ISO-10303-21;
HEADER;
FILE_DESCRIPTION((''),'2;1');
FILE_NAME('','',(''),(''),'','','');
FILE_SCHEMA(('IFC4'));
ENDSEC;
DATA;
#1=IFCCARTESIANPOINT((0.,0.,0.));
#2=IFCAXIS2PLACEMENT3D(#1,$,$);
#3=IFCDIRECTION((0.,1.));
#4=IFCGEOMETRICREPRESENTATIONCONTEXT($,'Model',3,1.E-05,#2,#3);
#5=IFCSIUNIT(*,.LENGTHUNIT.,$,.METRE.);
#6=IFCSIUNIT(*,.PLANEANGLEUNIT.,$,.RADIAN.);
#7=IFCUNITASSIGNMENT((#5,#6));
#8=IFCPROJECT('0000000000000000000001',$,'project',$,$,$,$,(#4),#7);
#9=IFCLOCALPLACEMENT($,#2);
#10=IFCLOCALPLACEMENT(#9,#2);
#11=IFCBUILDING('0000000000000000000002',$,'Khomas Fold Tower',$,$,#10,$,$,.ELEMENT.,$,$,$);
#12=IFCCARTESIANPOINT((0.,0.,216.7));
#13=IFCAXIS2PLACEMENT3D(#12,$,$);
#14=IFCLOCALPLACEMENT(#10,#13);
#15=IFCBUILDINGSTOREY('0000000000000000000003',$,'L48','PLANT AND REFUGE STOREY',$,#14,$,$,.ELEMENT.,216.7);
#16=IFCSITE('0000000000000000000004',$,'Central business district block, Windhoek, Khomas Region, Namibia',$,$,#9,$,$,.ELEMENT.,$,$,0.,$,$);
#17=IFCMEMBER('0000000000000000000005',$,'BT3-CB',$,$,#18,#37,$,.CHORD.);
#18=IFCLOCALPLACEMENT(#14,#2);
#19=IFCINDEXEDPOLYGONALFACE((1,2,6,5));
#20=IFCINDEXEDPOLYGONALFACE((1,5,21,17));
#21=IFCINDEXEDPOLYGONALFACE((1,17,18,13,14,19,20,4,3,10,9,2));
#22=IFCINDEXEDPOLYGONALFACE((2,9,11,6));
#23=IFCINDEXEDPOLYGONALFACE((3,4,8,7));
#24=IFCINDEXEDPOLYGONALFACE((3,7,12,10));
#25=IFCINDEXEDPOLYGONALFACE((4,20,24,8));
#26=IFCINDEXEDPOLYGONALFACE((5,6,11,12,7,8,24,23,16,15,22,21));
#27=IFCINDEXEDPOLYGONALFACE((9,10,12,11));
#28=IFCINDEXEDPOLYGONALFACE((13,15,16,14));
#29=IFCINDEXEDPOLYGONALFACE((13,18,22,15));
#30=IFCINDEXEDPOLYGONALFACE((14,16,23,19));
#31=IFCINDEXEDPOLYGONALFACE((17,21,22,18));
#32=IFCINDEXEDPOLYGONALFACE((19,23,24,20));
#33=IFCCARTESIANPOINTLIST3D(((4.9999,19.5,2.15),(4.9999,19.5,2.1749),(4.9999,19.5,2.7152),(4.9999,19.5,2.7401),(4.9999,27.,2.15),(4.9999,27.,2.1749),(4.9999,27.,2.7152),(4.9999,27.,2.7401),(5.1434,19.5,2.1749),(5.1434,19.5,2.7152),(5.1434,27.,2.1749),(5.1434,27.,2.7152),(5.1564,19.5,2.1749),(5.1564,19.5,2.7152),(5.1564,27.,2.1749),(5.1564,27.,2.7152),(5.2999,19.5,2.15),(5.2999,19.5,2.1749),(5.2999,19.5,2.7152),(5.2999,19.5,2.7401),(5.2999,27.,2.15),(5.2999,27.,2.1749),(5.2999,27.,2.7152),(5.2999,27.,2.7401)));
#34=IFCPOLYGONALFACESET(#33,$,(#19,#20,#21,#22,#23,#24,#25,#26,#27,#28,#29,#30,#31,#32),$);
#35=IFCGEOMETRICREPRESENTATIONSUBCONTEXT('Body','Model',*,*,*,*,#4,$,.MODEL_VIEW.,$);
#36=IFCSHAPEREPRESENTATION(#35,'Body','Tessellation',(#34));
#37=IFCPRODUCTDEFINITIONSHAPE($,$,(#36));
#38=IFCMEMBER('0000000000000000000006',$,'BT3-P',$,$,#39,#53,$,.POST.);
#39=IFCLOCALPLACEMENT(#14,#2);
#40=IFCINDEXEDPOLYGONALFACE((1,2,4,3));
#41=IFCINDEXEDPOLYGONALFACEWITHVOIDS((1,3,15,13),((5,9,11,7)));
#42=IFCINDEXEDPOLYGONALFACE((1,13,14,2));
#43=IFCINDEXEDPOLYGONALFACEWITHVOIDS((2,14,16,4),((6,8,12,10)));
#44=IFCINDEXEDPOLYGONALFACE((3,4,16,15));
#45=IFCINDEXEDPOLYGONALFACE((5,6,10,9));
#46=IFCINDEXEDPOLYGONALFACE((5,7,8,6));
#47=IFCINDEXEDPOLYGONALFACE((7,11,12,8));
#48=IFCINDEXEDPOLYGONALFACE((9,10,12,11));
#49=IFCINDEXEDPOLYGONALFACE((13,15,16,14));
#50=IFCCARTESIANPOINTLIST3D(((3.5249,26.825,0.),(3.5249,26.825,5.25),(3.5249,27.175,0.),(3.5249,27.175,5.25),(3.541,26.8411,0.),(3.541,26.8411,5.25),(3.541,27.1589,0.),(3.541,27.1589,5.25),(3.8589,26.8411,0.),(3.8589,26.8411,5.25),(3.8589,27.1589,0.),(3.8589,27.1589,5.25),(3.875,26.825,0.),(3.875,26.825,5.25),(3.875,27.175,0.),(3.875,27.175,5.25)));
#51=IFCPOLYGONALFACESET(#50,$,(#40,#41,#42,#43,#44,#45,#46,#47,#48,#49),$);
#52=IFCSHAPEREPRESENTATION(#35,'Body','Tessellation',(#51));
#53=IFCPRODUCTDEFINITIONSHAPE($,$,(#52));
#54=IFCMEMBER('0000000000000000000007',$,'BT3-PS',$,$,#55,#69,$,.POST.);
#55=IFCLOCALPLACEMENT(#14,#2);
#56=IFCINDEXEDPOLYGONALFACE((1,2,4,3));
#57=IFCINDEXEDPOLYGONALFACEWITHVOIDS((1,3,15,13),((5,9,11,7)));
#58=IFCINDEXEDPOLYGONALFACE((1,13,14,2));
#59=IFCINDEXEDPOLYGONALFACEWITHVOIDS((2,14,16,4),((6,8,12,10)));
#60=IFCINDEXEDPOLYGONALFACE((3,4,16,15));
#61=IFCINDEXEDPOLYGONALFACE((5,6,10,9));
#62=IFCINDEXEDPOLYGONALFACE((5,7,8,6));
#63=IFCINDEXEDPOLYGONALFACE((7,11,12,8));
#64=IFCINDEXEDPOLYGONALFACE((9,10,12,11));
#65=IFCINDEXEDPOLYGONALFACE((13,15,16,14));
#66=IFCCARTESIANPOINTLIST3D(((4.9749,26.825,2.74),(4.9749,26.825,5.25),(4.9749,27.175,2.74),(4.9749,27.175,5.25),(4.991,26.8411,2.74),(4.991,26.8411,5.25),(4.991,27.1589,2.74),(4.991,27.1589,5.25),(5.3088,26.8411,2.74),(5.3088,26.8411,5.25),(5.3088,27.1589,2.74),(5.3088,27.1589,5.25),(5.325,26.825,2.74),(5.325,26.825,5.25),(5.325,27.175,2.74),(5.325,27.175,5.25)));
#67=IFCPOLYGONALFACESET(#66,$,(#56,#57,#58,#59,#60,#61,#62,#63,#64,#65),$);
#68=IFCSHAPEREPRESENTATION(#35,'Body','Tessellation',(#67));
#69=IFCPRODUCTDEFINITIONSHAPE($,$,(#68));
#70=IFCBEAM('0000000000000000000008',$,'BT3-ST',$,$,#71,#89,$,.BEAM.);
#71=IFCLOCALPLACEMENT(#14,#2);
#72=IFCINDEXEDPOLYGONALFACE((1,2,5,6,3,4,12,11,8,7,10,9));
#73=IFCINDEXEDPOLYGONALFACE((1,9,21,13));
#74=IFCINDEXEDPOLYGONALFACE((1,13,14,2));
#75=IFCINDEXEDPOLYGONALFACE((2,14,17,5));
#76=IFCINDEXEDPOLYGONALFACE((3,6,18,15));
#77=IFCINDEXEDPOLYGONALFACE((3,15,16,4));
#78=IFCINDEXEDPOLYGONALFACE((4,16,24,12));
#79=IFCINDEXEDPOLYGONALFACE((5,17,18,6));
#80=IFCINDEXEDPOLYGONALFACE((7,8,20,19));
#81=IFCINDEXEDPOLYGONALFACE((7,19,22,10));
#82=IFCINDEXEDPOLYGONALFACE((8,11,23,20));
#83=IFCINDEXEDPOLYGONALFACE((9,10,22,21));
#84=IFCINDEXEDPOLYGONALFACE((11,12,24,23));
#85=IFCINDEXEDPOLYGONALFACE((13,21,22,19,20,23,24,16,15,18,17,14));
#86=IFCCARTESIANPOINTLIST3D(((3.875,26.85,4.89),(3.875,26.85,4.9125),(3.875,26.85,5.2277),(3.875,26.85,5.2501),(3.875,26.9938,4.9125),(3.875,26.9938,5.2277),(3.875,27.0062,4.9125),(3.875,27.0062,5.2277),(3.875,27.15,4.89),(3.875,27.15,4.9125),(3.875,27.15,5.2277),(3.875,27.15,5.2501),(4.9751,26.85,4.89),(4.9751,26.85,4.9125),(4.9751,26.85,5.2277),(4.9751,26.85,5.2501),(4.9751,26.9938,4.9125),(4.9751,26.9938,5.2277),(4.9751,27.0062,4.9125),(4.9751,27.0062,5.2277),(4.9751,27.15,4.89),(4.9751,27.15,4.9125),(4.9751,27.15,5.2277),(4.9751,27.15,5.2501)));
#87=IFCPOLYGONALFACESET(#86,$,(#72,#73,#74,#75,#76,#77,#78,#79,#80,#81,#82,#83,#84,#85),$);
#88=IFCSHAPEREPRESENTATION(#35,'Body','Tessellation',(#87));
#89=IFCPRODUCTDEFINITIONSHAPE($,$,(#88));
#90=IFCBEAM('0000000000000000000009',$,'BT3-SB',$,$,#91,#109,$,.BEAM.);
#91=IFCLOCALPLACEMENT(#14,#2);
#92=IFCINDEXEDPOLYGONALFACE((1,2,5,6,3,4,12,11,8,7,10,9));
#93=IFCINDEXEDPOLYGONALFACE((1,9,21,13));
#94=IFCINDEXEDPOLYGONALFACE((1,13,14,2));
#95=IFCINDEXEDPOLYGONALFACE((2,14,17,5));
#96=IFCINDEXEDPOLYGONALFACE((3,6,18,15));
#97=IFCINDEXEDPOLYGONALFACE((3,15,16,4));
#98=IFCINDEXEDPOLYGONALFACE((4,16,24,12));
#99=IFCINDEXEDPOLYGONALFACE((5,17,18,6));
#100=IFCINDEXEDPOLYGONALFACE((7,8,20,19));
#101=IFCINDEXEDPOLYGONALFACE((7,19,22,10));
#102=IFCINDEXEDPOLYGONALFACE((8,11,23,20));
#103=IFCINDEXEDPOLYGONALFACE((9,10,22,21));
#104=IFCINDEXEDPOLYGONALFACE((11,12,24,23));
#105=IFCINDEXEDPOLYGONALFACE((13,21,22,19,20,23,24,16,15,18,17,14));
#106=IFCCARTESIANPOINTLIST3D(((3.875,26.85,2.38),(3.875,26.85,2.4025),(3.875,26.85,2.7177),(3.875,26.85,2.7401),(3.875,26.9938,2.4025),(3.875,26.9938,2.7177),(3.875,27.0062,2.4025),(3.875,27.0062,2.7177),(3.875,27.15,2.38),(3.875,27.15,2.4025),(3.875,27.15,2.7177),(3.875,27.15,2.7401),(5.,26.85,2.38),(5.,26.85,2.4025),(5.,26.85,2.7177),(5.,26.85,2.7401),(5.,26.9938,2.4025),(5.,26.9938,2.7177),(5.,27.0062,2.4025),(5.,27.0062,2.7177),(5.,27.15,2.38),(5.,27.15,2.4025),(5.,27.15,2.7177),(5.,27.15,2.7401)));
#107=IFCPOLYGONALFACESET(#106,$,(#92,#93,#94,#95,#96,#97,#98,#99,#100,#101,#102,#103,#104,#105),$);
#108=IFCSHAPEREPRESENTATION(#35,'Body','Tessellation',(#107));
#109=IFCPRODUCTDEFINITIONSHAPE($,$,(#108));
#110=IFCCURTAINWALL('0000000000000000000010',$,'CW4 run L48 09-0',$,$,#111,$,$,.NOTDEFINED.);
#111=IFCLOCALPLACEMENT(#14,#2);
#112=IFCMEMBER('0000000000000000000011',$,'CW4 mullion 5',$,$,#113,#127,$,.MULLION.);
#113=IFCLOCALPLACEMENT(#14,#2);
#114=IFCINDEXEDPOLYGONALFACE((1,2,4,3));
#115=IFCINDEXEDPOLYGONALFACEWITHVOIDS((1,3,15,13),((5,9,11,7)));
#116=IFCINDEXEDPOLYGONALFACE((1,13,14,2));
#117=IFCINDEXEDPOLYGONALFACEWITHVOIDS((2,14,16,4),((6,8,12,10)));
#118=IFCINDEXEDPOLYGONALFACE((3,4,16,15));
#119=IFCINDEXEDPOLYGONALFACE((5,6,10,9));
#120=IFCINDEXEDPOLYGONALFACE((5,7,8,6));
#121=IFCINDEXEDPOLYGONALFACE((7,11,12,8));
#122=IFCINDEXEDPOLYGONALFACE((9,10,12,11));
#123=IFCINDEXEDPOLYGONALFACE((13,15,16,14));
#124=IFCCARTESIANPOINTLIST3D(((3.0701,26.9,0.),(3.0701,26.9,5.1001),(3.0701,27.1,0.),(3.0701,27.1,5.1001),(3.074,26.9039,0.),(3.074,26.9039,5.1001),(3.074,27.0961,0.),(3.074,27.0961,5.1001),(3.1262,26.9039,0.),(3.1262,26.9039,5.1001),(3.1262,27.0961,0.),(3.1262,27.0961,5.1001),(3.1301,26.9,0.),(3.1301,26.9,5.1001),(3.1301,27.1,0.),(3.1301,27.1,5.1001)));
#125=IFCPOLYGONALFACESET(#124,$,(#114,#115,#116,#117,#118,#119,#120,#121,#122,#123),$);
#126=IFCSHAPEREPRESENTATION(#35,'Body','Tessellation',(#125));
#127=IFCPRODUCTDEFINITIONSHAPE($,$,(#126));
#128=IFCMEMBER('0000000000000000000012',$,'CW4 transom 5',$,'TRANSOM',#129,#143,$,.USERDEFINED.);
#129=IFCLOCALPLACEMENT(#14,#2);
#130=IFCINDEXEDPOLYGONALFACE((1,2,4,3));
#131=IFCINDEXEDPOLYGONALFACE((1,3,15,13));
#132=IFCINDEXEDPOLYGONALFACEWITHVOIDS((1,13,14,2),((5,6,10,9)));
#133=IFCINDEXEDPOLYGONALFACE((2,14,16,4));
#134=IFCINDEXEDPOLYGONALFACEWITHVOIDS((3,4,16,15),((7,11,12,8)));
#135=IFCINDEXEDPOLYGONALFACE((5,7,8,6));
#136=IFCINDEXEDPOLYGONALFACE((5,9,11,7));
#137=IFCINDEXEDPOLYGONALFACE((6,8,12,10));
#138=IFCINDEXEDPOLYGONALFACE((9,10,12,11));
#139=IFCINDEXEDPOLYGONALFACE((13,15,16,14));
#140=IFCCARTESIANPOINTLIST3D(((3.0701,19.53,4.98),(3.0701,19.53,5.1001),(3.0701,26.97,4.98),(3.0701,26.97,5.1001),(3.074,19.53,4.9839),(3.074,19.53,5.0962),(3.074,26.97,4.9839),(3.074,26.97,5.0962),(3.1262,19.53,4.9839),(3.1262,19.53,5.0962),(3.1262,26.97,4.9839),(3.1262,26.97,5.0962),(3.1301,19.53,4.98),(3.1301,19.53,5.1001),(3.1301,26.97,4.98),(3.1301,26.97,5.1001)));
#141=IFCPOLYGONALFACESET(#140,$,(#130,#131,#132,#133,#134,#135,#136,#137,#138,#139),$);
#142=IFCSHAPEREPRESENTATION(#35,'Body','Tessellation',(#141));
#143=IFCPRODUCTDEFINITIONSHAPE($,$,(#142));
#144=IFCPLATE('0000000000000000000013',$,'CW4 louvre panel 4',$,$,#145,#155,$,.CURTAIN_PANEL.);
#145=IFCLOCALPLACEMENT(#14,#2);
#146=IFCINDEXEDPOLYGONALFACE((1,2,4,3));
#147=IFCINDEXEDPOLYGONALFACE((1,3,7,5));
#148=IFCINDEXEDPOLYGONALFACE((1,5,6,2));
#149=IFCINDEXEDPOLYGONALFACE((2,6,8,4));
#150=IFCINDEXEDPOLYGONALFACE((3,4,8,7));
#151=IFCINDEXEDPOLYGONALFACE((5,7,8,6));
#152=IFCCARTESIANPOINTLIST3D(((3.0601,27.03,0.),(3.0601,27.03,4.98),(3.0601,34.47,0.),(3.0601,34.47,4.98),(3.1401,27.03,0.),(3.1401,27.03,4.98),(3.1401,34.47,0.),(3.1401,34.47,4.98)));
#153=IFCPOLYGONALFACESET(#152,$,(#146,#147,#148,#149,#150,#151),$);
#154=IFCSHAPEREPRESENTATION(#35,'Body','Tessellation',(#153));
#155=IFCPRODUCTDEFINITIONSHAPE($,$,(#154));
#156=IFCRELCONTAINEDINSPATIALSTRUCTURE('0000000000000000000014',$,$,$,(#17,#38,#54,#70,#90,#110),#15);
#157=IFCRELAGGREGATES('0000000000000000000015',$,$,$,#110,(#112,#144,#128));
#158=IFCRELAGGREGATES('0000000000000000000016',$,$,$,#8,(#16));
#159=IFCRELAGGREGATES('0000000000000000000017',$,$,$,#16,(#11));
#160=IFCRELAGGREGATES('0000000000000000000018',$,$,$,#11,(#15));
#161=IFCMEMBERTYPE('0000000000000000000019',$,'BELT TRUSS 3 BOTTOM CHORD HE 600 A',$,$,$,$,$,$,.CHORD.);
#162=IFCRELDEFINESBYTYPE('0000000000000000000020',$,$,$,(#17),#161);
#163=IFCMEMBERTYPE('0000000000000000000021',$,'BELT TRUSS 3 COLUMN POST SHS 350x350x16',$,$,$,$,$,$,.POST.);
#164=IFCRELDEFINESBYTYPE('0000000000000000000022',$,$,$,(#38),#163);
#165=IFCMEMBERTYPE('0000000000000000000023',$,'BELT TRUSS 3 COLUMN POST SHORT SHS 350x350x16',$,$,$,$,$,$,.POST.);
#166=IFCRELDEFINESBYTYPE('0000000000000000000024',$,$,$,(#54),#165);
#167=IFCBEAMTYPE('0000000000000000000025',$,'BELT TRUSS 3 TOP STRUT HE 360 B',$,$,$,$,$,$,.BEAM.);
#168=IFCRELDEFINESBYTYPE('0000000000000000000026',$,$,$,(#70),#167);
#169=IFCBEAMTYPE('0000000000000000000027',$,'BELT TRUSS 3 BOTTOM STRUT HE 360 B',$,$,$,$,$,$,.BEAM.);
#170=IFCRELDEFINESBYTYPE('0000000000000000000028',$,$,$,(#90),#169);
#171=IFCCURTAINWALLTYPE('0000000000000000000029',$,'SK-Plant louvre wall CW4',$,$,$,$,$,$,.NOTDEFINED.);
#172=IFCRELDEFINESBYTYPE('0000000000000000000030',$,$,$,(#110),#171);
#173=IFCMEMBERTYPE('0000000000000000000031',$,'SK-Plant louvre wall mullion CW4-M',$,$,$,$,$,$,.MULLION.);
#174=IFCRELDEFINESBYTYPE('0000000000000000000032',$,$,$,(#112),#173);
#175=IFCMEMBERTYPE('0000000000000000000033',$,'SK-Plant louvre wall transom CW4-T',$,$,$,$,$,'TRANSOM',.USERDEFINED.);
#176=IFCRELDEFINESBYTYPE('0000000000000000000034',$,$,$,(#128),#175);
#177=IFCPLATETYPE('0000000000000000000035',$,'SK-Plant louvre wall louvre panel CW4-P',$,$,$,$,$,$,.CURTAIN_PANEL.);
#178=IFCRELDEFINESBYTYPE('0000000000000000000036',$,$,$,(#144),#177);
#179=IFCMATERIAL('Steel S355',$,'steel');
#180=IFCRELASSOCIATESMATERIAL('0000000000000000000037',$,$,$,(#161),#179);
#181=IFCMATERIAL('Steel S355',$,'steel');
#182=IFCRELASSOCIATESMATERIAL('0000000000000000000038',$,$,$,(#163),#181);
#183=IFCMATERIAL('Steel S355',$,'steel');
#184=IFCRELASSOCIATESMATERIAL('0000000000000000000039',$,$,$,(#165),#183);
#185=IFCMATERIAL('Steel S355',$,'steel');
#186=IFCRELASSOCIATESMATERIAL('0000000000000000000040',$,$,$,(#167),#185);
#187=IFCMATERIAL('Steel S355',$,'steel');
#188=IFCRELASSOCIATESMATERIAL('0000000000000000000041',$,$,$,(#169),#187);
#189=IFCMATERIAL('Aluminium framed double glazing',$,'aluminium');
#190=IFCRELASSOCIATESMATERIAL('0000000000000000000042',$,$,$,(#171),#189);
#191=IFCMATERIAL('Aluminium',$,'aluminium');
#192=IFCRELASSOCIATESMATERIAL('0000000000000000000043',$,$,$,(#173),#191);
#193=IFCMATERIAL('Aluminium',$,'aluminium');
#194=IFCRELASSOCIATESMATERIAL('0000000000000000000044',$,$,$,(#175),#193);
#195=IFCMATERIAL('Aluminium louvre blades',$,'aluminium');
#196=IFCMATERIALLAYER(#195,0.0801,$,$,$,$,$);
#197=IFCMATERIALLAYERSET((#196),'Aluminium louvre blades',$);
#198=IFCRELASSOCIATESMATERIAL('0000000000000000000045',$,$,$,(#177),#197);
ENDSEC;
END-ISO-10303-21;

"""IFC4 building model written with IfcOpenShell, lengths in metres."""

from ifc_helpers import new_model, si_unit, direction, frame, origin, origin_2d, place, context, subcontext, project, spatial, rectangle, hollow_rectangle, i_section, extrude, source, transform, mapped, material, layer, layer_set, material_profile, profile_set, type_object, element, aggregate, save


model = new_model("IFC4")

# Units and contexts
model_context = context("Model", 3, precision=1e-05, world=origin(), true_north=direction((0.0, 1.0)))
body_context = subcontext(model_context, "Body", "Model", "MODEL_VIEW")
ifc_project = project(units=[si_unit("LENGTHUNIT", "METRE"), si_unit("PLANEANGLEUNIT", "RADIAN")], contexts=[model_context])

# Site, building, storey
site_placement = place(None, origin())
site = spatial("IfcSite", under=ifc_project, at=site_placement, Name="Central business district block, Windhoek, Khomas Region, Namibia", CompositionType="ELEMENT", RefElevation=0.0)
building_placement = place(site_placement, origin())
building = spatial("IfcBuilding", under=site, at=building_placement, Name="Khomas Fold Tower", CompositionType="ELEMENT")
storey_placement = place(building_placement, frame((0.0, 0.0, 216.7)))
storey = spatial("IfcBuildingStorey", under=building, at=storey_placement, Name="L48", Description="PLANT AND REFUGE STOREY", CompositionType="ELEMENT", Elevation=216.7)

# Members
ifc_material_1 = material(Name="Steel S355", Category="steel")
ifc_material_profile_1 = material_profile(ifc_material_1, i_section(OverallWidth=0.3, OverallDepth=0.5901, WebThickness=0.0129, FlangeThickness=0.0249, at=origin_2d()), Name="HE 600 A")
ifc_profile_set_1 = profile_set([ifc_material_profile_1], Name="Steel S355")
member_type_1 = type_object("IfcMemberType", Name="BELT TRUSS 3 BOTTOM CHORD HE 600 A", PredefinedType="CHORD", material=ifc_profile_set_1)
shared_shape_1 = source(origin(), body_context, "Body", "SweptSolid", [
    extrude(i_section(OverallWidth=0.3, OverallDepth=0.5901, WebThickness=0.0129, FlangeThickness=0.0249, at=origin_2d()), origin(), (0.0, 0.0, 1.0), 7.5),
])
member_1_placement = place(storey_placement, frame((5.1499, 27.0, 2.4451), z_axis=(0.0, -1.0, 0.0), x_axis=(1.0, 0.0, 0.0)))
element("IfcMember", 1, at=member_1_placement, inside=storey, type_object=member_type_1, Name="BT3-CB", PredefinedType="CHORD", context=body_context, shape_type="MappedRepresentation", body=[
    mapped(shared_shape_1, transform((0.0, 0.0, 0.0))),
])
ifc_material_2 = material(Name="Steel S355", Category="steel")
ifc_material_profile_2 = material_profile(ifc_material_2, hollow_rectangle(XDim=0.3501, YDim=0.3501, WallThickness=0.0161, at=origin_2d()), Name="SHS 350x350x16")
ifc_profile_set_2 = profile_set([ifc_material_profile_2], Name="Steel S355")
member_type_2 = type_object("IfcMemberType", Name="BELT TRUSS 3 COLUMN POST SHS 350x350x16", PredefinedType="POST", material=ifc_profile_set_2)
shared_shape_2 = source(origin(), body_context, "Body", "SweptSolid", [
    extrude(hollow_rectangle(XDim=0.3501, YDim=0.3501, WallThickness=0.0161, at=origin_2d()), origin(), (0.0, 0.0, 1.0), 5.25),
])
member_2_placement = place(storey_placement, frame((3.7, 27.0, 0.0), z_axis=(0.0, 0.0, 1.0), x_axis=(1.0, 0.0, 0.0)))
element("IfcMember", 2, at=member_2_placement, inside=storey, type_object=member_type_2, Name="BT3-P", PredefinedType="POST", context=body_context, shape_type="MappedRepresentation", body=[
    mapped(shared_shape_2, transform((0.0, 0.0, 0.0))),
])
ifc_material_3 = material(Name="Steel S355", Category="steel")
ifc_material_profile_3 = material_profile(ifc_material_3, hollow_rectangle(XDim=0.3501, YDim=0.3501, WallThickness=0.0161, at=origin_2d()), Name="SHS 350x350x16")
ifc_profile_set_3 = profile_set([ifc_material_profile_3], Name="Steel S355")
member_type_3 = type_object("IfcMemberType", Name="BELT TRUSS 3 COLUMN POST SHORT SHS 350x350x16", PredefinedType="POST", material=ifc_profile_set_3)
shared_shape_3 = source(origin(), body_context, "Body", "SweptSolid", [
    extrude(hollow_rectangle(XDim=0.3501, YDim=0.3501, WallThickness=0.0161, at=origin_2d()), origin(), (0.0, 0.0, 1.0), 2.51),
])
member_3_placement = place(storey_placement, frame((5.1499, 27.0, 2.74), z_axis=(0.0, 0.0, 1.0), x_axis=(1.0, 0.0, 0.0)))
element("IfcMember", 3, at=member_3_placement, inside=storey, type_object=member_type_3, Name="BT3-PS", PredefinedType="POST", context=body_context, shape_type="MappedRepresentation", body=[
    mapped(shared_shape_3, transform((0.0, 0.0, 0.0))),
])

# Beams
ifc_material_4 = material(Name="Steel S355", Category="steel")
ifc_material_profile_4 = material_profile(ifc_material_4, i_section(OverallWidth=0.3, OverallDepth=0.3601, WebThickness=0.0125, FlangeThickness=0.0225, at=origin_2d()), Name="HE 360 B")
ifc_profile_set_4 = profile_set([ifc_material_profile_4], Name="Steel S355")
beam_type_1 = type_object("IfcBeamType", Name="BELT TRUSS 3 TOP STRUT HE 360 B", PredefinedType="BEAM", material=ifc_profile_set_4)
shared_shape_4 = source(origin(), body_context, "Body", "SweptSolid", [
    extrude(i_section(OverallWidth=0.3, OverallDepth=0.3601, WebThickness=0.0125, FlangeThickness=0.0225, at=origin_2d()), origin(), (0.0, 0.0, 1.0), 1.1001),
])
beam_1_placement = place(storey_placement, frame((4.9751, 27.0, 5.0701), z_axis=(-1.0, 0.0, 0.0), x_axis=(0.0, -1.0, 0.0)))
element("IfcBeam", 4, at=beam_1_placement, inside=storey, type_object=beam_type_1, Name="BT3-ST", PredefinedType="BEAM", context=body_context, shape_type="MappedRepresentation", body=[
    mapped(shared_shape_4, transform((0.0, 0.0, 0.0))),
])
ifc_material_5 = material(Name="Steel S355", Category="steel")
ifc_material_profile_5 = material_profile(ifc_material_5, i_section(OverallWidth=0.3, OverallDepth=0.3601, WebThickness=0.0125, FlangeThickness=0.0225, at=origin_2d()), Name="HE 360 B")
ifc_profile_set_5 = profile_set([ifc_material_profile_5], Name="Steel S355")
beam_type_2 = type_object("IfcBeamType", Name="BELT TRUSS 3 BOTTOM STRUT HE 360 B", PredefinedType="BEAM", material=ifc_profile_set_5)
shared_shape_5 = source(origin(), body_context, "Body", "SweptSolid", [
    extrude(i_section(OverallWidth=0.3, OverallDepth=0.3601, WebThickness=0.0125, FlangeThickness=0.0225, at=origin_2d()), origin(), (0.0, 0.0, 1.0), 1.125),
])
beam_2_placement = place(storey_placement, frame((5.0, 27.0, 2.5601), z_axis=(-1.0, 0.0, 0.0), x_axis=(0.0, -1.0, 0.0)))
element("IfcBeam", 5, at=beam_2_placement, inside=storey, type_object=beam_type_2, Name="BT3-SB", PredefinedType="BEAM", context=body_context, shape_type="MappedRepresentation", body=[
    mapped(shared_shape_5, transform((0.0, 0.0, 0.0))),
])

# Curtain wall, members, plate
ifc_material_6 = material(Name="Aluminium framed double glazing", Category="aluminium")
curtain_wall_type = type_object("IfcCurtainWallType", Name="SK-Plant louvre wall CW4", PredefinedType="NOTDEFINED", material=ifc_material_6)
curtain_wall_placement = place(storey_placement, origin())
curtain_wall = element("IfcCurtainWall", 6, at=curtain_wall_placement, inside=storey, type_object=curtain_wall_type, Name="CW4 run L48 09-0", PredefinedType="NOTDEFINED")
ifc_material_7 = material(Name="Aluminium", Category="aluminium")
ifc_material_profile_6 = material_profile(ifc_material_7, hollow_rectangle(XDim=0.0601, YDim=0.2, WallThickness=0.0039, at=origin_2d()), Name="SK-Plant louvre wall mullion CW4-M")
ifc_profile_set_6 = profile_set([ifc_material_profile_6], Name="Aluminium")
member_type_4 = type_object("IfcMemberType", Name="SK-Plant louvre wall mullion CW4-M", PredefinedType="MULLION", material=ifc_profile_set_6)
shared_shape_6 = source(origin(), body_context, "Body", "SweptSolid", [
    extrude(hollow_rectangle(XDim=0.0601, YDim=0.2, WallThickness=0.0039, at=origin_2d()), origin(), (0.0, 0.0, 1.0), 5.1001),
])
member_4_placement = place(storey_placement, frame((3.1001, 27.0, 0.0), z_axis=(0.0, 0.0, 1.0), x_axis=(1.0, 0.0, 0.0)))
member_4 = element("IfcMember", 7, at=member_4_placement, type_object=member_type_4, Name="CW4 mullion 5", PredefinedType="MULLION", context=body_context, shape_type="MappedRepresentation", body=[
    mapped(shared_shape_6, transform((0.0, 0.0, 0.0))),
])
ifc_material_8 = material(Name="Aluminium", Category="aluminium")
ifc_material_profile_7 = material_profile(ifc_material_8, hollow_rectangle(XDim=0.0601, YDim=0.1201, WallThickness=0.0039, at=origin_2d()), Name="SK-Plant louvre wall transom CW4-T")
ifc_profile_set_7 = profile_set([ifc_material_profile_7], Name="Aluminium")
member_type_5 = type_object("IfcMemberType", Name="SK-Plant louvre wall transom CW4-T", ElementType="TRANSOM", PredefinedType="USERDEFINED", material=ifc_profile_set_7)
shared_shape_7 = source(origin(), body_context, "Body", "SweptSolid", [
    extrude(hollow_rectangle(XDim=0.0601, YDim=0.1201, WallThickness=0.0039, at=origin_2d()), origin(), (0.0, 0.0, 1.0), 7.4399),
])
member_5_placement = place(storey_placement, frame((3.1001, 26.97, 5.04), z_axis=(0.0, -1.0, 0.0), x_axis=(1.0, 0.0, 0.0)))
member_5 = element("IfcMember", 8, at=member_5_placement, type_object=member_type_5, Name="CW4 transom 5", ObjectType="TRANSOM", PredefinedType="USERDEFINED", context=body_context, shape_type="MappedRepresentation", body=[
    mapped(shared_shape_7, transform((0.0, 0.0, 0.0))),
])
ifc_material_9 = material(Name="Aluminium louvre blades", Category="aluminium")
ifc_layer_1 = layer(ifc_material_9, 0.0801)
ifc_layer_set_1 = layer_set([ifc_layer_1], Name="Aluminium louvre blades")
plate_type = type_object("IfcPlateType", Name="SK-Plant louvre wall louvre panel CW4-P", PredefinedType="CURTAIN_PANEL", material=ifc_layer_set_1)
shared_shape_8 = source(origin(), body_context, "Body", "SweptSolid", [
    extrude(rectangle(XDim=7.4399, YDim=0.0801, at=origin_2d()), origin(), (0.0, 0.0, 1.0), 4.98),
])
plate_placement = place(storey_placement, frame((3.1001, 30.75, 0.0), z_axis=(0.0, 0.0, 1.0), x_axis=(0.0, -1.0, 0.0)))
plate = element("IfcPlate", 9, at=plate_placement, type_object=plate_type, Name="CW4 louvre panel 4", PredefinedType="CURTAIN_PANEL", context=body_context, shape_type="MappedRepresentation", body=[
    mapped(shared_shape_8, transform((0.0, 0.0, 0.0))),
])
aggregate(curtain_wall, [member_4, plate, member_5])

save(model, "model.ifc")
